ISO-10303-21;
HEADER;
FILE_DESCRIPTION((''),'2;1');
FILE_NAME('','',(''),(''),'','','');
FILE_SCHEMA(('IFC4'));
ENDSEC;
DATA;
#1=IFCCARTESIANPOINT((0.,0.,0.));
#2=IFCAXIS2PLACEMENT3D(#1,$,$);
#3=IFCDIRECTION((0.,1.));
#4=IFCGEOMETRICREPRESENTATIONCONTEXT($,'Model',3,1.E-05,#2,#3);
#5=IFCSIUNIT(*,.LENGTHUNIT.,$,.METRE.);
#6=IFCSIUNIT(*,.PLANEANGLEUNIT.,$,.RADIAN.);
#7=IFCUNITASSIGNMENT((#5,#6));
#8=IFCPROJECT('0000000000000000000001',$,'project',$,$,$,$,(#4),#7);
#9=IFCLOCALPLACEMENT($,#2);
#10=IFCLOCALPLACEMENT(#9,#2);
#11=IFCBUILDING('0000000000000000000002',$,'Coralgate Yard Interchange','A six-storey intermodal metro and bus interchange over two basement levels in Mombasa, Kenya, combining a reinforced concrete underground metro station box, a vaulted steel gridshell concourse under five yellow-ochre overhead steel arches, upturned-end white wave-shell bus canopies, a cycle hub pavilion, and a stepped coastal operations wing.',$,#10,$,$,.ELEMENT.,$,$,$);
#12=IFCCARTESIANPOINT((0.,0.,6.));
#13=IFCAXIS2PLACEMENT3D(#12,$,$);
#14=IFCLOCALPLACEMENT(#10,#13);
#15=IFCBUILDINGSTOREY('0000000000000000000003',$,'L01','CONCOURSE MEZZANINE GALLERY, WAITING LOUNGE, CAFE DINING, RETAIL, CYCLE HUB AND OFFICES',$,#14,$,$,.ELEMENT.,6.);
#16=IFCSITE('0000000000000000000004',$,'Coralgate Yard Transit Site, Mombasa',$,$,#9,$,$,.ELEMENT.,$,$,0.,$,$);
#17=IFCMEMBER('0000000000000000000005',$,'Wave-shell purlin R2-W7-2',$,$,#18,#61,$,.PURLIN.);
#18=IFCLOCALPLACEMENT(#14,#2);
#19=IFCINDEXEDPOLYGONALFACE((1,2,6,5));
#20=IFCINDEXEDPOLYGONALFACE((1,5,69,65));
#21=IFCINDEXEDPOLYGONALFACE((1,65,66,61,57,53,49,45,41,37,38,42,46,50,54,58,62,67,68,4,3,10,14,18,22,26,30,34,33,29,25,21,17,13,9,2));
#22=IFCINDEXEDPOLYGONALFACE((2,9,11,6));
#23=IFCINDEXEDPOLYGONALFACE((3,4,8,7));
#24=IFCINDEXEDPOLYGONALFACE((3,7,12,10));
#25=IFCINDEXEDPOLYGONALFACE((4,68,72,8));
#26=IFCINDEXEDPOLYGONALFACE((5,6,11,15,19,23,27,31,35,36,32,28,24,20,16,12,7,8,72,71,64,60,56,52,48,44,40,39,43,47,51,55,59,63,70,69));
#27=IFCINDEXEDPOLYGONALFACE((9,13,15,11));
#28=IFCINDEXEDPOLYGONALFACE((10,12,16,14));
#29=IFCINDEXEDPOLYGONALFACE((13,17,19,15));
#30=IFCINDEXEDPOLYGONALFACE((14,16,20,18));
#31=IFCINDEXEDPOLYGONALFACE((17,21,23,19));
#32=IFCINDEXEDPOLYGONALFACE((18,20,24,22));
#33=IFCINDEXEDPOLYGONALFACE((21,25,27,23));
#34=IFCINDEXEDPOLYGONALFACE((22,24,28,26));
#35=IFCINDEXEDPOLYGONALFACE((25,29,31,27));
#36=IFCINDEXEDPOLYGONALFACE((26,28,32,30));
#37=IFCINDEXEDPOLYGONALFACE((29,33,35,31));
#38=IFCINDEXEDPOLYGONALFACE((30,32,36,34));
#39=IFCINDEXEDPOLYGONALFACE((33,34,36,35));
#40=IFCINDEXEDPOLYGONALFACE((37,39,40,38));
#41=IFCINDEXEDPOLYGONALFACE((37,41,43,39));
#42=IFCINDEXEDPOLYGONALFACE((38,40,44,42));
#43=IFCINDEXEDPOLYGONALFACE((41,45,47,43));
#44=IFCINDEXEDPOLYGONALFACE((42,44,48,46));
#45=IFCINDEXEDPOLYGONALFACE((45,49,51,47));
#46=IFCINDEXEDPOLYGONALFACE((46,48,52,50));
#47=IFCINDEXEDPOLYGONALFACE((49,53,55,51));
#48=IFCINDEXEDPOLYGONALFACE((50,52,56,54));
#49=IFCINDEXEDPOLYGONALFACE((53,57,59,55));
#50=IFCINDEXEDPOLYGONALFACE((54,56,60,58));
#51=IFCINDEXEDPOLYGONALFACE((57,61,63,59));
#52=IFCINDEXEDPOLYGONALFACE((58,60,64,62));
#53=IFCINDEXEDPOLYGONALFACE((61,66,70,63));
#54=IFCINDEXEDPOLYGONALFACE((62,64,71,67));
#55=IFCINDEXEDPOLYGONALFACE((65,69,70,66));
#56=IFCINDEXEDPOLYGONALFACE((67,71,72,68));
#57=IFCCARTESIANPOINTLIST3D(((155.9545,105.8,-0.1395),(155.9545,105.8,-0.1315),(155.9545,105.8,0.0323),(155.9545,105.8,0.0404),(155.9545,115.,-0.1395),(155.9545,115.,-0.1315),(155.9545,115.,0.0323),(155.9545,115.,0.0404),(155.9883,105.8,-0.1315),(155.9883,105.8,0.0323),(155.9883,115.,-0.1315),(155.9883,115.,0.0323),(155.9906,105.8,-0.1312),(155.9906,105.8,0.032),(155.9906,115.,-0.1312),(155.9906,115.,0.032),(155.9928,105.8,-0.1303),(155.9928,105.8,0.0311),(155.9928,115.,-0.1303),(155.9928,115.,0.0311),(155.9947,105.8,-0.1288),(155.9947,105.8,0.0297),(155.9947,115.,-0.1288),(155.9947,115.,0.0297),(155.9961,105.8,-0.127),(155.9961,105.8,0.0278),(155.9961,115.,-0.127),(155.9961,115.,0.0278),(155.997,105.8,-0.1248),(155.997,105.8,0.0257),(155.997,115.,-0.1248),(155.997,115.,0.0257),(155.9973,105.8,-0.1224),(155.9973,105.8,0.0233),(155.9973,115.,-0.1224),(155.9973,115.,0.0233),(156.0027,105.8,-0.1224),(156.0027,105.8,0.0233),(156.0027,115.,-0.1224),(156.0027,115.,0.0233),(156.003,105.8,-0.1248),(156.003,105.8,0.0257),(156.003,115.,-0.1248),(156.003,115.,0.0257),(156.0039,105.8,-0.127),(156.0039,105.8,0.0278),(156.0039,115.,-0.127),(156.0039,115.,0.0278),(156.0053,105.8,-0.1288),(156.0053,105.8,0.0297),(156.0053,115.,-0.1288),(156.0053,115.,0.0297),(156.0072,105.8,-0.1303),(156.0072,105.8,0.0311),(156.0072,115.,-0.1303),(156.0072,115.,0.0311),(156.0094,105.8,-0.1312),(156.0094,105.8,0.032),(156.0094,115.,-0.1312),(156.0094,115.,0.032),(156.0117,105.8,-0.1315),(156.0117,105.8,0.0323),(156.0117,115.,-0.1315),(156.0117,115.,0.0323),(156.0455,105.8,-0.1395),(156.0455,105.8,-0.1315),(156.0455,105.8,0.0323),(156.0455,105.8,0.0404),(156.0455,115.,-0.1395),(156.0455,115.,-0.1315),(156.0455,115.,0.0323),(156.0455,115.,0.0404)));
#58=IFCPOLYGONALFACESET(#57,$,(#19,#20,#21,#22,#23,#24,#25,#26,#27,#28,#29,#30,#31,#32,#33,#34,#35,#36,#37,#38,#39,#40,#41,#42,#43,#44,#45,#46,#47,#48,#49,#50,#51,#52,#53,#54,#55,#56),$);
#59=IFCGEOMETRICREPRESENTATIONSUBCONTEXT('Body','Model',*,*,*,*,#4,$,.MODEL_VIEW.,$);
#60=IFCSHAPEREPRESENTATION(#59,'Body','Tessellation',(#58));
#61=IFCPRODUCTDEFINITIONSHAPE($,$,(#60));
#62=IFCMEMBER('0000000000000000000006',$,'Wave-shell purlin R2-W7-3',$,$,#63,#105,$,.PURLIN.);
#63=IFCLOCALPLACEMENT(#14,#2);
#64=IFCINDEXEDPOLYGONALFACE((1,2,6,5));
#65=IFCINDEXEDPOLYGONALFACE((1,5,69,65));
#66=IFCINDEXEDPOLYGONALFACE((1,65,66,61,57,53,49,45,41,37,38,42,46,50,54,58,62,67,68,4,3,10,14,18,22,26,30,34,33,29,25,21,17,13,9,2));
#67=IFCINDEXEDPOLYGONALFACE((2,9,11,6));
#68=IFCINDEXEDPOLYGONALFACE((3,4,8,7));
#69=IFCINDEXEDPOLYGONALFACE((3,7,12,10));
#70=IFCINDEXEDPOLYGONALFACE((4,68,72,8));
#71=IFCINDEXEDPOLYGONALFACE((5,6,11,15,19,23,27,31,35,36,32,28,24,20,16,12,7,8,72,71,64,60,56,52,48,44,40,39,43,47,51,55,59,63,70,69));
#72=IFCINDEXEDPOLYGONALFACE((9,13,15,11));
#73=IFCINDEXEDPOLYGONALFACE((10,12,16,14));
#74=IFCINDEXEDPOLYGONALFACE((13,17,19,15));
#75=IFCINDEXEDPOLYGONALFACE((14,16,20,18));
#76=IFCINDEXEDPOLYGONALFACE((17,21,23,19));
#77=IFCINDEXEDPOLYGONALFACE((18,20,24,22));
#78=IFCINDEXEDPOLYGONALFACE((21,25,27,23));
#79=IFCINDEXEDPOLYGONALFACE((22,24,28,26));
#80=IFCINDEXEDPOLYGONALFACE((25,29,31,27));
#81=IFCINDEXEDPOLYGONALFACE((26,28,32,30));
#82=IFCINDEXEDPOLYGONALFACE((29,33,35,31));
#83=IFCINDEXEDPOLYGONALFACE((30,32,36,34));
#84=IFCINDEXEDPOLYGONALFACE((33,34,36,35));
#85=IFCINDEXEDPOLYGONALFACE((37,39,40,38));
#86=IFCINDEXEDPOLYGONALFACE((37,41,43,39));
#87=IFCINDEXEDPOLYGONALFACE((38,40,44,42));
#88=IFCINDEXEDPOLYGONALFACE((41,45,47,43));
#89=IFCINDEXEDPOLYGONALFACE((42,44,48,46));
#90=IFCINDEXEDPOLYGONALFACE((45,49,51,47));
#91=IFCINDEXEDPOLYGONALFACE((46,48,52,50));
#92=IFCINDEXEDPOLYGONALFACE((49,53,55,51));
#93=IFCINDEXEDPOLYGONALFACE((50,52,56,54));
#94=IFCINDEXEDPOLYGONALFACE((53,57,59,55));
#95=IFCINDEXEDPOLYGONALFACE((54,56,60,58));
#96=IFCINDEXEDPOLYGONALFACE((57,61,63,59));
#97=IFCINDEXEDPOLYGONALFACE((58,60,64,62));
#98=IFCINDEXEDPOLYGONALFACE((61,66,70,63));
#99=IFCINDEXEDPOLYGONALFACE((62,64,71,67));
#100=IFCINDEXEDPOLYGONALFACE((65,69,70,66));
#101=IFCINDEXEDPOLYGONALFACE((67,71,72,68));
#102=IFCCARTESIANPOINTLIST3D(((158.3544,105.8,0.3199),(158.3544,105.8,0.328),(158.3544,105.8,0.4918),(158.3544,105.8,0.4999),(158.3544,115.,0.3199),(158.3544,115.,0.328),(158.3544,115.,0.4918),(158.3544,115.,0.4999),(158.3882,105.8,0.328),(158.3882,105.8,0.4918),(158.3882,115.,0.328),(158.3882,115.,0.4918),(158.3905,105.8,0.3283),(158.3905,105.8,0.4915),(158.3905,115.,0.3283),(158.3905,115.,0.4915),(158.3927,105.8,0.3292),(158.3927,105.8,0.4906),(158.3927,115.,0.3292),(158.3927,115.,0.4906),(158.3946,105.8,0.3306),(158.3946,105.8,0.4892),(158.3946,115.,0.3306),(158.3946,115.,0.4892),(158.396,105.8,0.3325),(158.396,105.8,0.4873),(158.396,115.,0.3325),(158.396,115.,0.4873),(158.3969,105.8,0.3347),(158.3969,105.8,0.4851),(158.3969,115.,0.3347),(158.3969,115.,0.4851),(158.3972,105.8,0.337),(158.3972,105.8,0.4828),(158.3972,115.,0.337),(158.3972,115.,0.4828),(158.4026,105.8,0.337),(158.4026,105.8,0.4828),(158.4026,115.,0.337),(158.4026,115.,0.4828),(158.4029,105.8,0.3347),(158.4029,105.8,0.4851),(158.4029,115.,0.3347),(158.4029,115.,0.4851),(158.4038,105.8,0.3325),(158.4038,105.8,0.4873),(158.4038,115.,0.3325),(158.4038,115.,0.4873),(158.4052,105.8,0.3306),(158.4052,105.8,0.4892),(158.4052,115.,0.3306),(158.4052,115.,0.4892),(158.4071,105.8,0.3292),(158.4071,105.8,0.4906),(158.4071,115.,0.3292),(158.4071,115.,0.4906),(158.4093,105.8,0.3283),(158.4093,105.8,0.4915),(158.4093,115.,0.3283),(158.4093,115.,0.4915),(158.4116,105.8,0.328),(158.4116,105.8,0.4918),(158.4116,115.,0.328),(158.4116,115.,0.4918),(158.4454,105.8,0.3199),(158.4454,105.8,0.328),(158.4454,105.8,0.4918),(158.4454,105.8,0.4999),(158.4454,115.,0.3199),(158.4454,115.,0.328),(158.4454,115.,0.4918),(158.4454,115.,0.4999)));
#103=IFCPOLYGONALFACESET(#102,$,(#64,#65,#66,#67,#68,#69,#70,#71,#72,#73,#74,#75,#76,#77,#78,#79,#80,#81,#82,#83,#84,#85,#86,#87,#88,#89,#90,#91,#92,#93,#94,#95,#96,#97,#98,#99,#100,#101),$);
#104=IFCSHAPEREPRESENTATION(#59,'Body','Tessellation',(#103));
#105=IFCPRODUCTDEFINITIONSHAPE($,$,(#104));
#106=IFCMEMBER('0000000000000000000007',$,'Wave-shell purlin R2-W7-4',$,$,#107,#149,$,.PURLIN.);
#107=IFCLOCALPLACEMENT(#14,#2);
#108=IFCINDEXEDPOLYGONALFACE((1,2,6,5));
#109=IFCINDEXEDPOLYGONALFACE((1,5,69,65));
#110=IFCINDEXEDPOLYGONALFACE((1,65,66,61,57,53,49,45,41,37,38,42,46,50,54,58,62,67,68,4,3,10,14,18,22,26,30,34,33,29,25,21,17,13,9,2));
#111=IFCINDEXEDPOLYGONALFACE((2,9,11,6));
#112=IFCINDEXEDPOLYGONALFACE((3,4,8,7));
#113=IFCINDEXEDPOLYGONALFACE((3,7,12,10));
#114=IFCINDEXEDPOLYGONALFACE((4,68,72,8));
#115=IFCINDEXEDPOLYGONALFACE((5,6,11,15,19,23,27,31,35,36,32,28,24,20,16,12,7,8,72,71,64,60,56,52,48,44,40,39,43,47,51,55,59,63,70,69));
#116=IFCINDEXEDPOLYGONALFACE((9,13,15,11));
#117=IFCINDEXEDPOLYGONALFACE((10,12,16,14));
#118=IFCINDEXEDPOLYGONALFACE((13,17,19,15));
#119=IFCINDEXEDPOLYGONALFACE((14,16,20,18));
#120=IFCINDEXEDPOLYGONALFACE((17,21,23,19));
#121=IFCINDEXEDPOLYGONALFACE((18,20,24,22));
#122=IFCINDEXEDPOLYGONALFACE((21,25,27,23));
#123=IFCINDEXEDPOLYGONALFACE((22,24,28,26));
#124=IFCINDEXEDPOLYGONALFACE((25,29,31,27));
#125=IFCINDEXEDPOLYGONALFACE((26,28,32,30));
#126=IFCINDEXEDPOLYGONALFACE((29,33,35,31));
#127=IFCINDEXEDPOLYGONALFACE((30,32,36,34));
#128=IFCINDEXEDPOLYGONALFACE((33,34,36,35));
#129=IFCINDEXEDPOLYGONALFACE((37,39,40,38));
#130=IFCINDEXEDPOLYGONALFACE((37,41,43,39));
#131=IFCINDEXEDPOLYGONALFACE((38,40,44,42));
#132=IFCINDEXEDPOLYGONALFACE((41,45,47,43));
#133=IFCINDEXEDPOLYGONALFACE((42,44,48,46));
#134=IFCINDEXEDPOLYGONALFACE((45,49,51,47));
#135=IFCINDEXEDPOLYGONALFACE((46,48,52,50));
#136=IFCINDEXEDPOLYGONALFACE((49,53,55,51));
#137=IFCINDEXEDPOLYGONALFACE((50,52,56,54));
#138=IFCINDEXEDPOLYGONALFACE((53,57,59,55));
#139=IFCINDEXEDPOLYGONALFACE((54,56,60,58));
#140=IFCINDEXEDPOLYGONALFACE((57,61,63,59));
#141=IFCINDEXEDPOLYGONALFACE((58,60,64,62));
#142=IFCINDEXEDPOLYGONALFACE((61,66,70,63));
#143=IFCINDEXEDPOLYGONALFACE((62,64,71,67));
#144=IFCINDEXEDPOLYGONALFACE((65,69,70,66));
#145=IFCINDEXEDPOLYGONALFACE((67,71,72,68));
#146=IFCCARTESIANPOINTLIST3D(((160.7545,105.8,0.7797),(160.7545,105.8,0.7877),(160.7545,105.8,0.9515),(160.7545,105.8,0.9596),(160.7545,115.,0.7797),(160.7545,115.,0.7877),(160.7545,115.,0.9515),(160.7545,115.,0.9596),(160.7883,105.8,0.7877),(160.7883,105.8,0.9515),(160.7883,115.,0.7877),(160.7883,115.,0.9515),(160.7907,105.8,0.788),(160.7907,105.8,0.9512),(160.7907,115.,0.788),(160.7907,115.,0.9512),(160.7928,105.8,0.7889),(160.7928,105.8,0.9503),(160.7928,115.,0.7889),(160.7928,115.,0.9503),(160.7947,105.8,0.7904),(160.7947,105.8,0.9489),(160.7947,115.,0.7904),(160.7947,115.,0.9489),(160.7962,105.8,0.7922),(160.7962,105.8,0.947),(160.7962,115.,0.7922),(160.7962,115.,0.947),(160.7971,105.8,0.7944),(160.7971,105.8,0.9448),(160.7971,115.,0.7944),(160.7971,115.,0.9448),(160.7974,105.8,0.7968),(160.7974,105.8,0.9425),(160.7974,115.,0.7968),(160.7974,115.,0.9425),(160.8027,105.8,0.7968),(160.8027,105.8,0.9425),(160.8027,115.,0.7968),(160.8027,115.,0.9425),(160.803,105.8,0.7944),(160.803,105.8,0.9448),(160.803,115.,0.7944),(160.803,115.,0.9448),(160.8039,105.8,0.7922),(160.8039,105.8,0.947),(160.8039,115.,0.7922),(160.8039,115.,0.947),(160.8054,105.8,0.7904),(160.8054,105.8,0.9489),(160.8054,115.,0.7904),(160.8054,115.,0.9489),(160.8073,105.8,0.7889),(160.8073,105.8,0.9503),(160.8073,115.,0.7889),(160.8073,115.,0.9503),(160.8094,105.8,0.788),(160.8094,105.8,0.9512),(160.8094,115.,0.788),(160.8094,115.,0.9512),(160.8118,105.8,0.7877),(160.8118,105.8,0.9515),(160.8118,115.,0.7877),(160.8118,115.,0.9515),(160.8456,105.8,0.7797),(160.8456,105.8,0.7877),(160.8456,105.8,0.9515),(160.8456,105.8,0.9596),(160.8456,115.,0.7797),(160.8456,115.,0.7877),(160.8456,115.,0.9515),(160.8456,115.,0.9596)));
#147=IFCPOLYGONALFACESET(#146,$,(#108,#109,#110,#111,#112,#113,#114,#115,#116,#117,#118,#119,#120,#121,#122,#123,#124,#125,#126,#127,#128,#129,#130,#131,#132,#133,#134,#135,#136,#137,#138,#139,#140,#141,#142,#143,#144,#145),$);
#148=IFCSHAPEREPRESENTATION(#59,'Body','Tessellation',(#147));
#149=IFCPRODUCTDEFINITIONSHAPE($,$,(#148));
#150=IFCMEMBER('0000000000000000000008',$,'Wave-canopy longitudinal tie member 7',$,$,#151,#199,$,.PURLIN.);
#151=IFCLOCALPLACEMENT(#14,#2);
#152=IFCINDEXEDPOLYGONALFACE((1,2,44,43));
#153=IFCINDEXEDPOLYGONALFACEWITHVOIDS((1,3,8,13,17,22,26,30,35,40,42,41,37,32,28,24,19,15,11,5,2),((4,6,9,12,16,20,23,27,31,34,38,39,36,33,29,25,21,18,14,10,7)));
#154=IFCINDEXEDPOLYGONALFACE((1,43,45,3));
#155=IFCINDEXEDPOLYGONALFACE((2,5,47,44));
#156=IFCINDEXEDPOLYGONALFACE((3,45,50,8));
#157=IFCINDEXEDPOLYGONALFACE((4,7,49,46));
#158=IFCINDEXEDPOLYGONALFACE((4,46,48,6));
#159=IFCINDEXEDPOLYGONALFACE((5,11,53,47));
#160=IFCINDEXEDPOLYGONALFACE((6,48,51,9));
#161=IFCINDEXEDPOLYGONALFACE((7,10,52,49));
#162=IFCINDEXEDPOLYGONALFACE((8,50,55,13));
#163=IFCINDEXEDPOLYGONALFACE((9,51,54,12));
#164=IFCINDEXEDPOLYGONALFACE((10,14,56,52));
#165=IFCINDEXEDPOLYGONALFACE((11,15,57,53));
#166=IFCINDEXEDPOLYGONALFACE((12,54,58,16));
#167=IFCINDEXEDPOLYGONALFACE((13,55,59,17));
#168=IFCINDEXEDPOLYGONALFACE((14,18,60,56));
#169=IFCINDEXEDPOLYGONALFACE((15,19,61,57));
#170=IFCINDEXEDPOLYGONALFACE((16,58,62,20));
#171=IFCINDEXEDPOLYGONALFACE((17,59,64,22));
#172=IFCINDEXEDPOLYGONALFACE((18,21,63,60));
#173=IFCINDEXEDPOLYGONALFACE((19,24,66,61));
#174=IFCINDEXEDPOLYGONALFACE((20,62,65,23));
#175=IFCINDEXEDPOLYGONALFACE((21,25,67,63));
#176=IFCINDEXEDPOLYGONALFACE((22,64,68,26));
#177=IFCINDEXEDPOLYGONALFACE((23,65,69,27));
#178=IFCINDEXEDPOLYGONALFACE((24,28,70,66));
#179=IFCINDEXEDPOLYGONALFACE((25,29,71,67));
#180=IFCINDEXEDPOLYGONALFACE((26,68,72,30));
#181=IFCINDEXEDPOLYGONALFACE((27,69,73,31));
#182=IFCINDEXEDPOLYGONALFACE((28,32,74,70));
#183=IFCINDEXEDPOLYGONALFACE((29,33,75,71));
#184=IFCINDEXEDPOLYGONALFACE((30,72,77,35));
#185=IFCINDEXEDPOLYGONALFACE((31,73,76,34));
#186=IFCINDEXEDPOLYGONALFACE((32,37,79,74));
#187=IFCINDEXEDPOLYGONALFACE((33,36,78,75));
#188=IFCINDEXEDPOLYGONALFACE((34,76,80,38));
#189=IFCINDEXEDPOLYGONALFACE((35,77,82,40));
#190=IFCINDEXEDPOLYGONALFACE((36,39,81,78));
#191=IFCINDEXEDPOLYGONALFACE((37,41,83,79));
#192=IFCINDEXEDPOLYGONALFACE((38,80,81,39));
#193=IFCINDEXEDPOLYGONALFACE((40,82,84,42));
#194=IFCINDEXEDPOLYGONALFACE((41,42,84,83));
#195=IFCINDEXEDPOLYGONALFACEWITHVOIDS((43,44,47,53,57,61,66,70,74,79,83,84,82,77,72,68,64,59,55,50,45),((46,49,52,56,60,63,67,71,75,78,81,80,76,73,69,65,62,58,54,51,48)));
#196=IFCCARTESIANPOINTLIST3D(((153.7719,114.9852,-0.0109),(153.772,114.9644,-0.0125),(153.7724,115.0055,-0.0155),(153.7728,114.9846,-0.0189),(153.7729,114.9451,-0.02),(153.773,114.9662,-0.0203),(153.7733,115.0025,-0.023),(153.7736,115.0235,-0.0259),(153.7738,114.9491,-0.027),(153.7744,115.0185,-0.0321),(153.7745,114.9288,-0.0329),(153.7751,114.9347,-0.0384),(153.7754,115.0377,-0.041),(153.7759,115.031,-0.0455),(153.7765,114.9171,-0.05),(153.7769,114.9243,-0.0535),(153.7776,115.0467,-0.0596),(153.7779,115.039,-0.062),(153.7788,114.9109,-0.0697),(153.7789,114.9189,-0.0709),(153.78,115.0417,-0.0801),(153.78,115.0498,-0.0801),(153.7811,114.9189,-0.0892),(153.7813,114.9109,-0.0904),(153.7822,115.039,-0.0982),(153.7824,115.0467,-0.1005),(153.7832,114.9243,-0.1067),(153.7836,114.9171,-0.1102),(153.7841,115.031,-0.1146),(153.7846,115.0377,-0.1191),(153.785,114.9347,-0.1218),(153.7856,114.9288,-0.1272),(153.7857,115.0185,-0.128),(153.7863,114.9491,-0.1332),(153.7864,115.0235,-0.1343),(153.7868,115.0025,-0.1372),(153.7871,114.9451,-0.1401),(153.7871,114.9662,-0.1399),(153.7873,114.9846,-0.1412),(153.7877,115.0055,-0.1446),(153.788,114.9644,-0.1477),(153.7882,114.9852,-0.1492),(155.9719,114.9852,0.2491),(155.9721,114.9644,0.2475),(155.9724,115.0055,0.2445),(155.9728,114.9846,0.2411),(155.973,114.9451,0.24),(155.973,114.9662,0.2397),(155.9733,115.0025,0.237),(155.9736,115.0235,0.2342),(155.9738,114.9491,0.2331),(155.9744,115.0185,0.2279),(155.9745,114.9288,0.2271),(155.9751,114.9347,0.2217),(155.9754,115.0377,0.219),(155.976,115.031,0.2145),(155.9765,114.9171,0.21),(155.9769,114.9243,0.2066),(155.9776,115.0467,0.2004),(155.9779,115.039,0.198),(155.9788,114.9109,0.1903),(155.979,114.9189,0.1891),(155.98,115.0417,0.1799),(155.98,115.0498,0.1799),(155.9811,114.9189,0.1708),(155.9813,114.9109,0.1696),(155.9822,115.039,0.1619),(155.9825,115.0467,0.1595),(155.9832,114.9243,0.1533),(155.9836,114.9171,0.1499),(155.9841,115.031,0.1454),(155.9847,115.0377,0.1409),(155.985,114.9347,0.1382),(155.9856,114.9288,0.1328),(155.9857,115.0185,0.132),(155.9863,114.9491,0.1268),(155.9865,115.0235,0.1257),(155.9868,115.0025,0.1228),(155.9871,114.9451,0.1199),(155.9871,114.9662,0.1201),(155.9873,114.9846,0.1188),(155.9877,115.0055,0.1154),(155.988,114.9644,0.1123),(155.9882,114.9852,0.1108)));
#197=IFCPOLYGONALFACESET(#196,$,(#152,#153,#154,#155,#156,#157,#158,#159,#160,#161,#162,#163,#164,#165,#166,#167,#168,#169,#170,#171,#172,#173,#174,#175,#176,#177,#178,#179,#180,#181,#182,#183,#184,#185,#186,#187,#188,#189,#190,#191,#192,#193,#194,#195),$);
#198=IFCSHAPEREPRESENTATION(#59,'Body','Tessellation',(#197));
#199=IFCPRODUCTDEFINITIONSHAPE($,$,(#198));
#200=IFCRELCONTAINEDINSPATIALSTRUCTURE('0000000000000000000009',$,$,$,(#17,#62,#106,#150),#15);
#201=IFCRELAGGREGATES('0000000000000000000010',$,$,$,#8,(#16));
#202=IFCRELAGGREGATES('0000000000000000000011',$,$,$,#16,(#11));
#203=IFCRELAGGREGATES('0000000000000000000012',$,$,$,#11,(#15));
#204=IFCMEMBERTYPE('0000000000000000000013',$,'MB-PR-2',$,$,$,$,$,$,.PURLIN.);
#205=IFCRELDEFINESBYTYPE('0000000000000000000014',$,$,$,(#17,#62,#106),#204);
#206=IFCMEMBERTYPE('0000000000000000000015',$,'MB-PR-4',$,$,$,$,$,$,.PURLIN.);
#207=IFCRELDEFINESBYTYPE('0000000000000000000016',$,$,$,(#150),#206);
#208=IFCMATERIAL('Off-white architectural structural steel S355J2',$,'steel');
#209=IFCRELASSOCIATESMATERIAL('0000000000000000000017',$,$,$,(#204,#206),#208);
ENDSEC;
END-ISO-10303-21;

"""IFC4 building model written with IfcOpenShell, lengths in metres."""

from ifc_helpers import new_model, si_unit, direction, frame, origin, origin_2d, place, context, subcontext, project, spatial, hollow_circle, i_section, extrude, material, material_profile, profile_set, type_object, element, save


model = new_model("IFC4")

# Units and contexts
model_context = context("Model", 3, precision=1e-05, world=origin(), true_north=direction((0.0, 1.0)))
body_context = subcontext(model_context, "Body", "Model", "MODEL_VIEW")
ifc_project = project(units=[si_unit("LENGTHUNIT", "METRE"), si_unit("PLANEANGLEUNIT", "RADIAN")], contexts=[model_context])

# Site, building, storey
site_placement = place(None, origin())
site = spatial("IfcSite", under=ifc_project, at=site_placement, Name="Coralgate Yard Transit Site, Mombasa", CompositionType="ELEMENT", RefElevation=0.0)
building_placement = place(site_placement, origin())
building = spatial("IfcBuilding", under=site, at=building_placement, Name="Coralgate Yard Interchange", Description="A six-storey intermodal metro and bus interchange over two basement levels in Mombasa, Kenya, combining a reinforced concrete underground metro station box, a vaulted steel gridshell concourse under five yellow-ochre overhead steel arches, upturned-end white wave-shell bus canopies, a cycle hub pavilion, and a stepped coastal operations wing.", CompositionType="ELEMENT")
storey_placement = place(building_placement, frame((0.0, 0.0, 6.0)))
storey = spatial("IfcBuildingStorey", under=building, at=storey_placement, Name="L01", Description="CONCOURSE MEZZANINE GALLERY, WAITING LOUNGE, CAFE DINING, RETAIL, CYCLE HUB AND OFFICES", CompositionType="ELEMENT", Elevation=6.0)

# Shared definitions
ifc_material_1 = material(Name="Off-white architectural structural steel S355J2", Category="steel")

# Members
ifc_material_profile_1 = material_profile(ifc_material_1, i_section(OverallWidth=0.0911, OverallDepth=0.1799, WebThickness=0.0054, FlangeThickness=0.0081, FilletRadius=0.009, at=origin_2d()), Name="IPE 180")
ifc_profile_set_1 = profile_set([ifc_material_profile_1], Name="Off-white architectural structural steel S355J2")
member_type_1 = type_object("IfcMemberType", Name="MB-PR-2", PredefinedType="PURLIN", material=ifc_profile_set_1)
for number, where, z_axis, x_axis, name in (
    (1, (156.0, 105.8, -0.0496), (0.0, 1.0, 0.0), (-1.0, 0.0, 0.0), "Wave-shell purlin R2-W7-2"),
    (2, (158.3999, 105.8, 0.4099), (0.0, 1.0, 0.0), (-1.0, 0.0, 0.0), "Wave-shell purlin R2-W7-3"),
    (3, (160.8, 105.8, 0.8696), (0.0, 1.0, 0.0), (-1.0, 0.0, 0.0), "Wave-shell purlin R2-W7-4"),
):
    element("IfcMember", number, at=place(storey_placement, frame(where, z_axis=z_axis, x_axis=x_axis)), inside=storey, type_object=member_type_1, Name=name, PredefinedType="PURLIN", context=body_context, shape_type="SweptSolid", body=[
        extrude(i_section(OverallWidth=0.0911, OverallDepth=0.1799, WebThickness=0.0054, FlangeThickness=0.0081, FilletRadius=0.009, at=origin_2d()), origin(), (0.0, 0.0, 1.0), 9.2),
    ])
ifc_material_profile_2 = material_profile(ifc_material_1, hollow_circle(Radius=0.0698, WallThickness=0.0081, at=origin_2d()), Name="CHS 139.7x8")
ifc_profile_set_2 = profile_set([ifc_material_profile_2], Name="Off-white architectural structural steel S355J2")
member_type_2 = type_object("IfcMemberType", Name="MB-PR-4", PredefinedType="PURLIN", material=ifc_profile_set_2)
member_1_placement = place(storey_placement, frame((153.78, 114.98, -0.0801), z_axis=(0.993088, 0.0, 0.117372), x_axis=(0.0, 1.0, 0.0)))
element("IfcMember", 4, at=member_1_placement, inside=storey, type_object=member_type_2, Name="Wave-canopy longitudinal tie member 7", PredefinedType="PURLIN", context=body_context, shape_type="SweptSolid", body=[
    extrude(hollow_circle(Radius=0.0698, WallThickness=0.0081, at=origin_2d()), origin(), (0.0, 0.0, 1.0), 2.2153),
])

save(model, "model.ifc")
